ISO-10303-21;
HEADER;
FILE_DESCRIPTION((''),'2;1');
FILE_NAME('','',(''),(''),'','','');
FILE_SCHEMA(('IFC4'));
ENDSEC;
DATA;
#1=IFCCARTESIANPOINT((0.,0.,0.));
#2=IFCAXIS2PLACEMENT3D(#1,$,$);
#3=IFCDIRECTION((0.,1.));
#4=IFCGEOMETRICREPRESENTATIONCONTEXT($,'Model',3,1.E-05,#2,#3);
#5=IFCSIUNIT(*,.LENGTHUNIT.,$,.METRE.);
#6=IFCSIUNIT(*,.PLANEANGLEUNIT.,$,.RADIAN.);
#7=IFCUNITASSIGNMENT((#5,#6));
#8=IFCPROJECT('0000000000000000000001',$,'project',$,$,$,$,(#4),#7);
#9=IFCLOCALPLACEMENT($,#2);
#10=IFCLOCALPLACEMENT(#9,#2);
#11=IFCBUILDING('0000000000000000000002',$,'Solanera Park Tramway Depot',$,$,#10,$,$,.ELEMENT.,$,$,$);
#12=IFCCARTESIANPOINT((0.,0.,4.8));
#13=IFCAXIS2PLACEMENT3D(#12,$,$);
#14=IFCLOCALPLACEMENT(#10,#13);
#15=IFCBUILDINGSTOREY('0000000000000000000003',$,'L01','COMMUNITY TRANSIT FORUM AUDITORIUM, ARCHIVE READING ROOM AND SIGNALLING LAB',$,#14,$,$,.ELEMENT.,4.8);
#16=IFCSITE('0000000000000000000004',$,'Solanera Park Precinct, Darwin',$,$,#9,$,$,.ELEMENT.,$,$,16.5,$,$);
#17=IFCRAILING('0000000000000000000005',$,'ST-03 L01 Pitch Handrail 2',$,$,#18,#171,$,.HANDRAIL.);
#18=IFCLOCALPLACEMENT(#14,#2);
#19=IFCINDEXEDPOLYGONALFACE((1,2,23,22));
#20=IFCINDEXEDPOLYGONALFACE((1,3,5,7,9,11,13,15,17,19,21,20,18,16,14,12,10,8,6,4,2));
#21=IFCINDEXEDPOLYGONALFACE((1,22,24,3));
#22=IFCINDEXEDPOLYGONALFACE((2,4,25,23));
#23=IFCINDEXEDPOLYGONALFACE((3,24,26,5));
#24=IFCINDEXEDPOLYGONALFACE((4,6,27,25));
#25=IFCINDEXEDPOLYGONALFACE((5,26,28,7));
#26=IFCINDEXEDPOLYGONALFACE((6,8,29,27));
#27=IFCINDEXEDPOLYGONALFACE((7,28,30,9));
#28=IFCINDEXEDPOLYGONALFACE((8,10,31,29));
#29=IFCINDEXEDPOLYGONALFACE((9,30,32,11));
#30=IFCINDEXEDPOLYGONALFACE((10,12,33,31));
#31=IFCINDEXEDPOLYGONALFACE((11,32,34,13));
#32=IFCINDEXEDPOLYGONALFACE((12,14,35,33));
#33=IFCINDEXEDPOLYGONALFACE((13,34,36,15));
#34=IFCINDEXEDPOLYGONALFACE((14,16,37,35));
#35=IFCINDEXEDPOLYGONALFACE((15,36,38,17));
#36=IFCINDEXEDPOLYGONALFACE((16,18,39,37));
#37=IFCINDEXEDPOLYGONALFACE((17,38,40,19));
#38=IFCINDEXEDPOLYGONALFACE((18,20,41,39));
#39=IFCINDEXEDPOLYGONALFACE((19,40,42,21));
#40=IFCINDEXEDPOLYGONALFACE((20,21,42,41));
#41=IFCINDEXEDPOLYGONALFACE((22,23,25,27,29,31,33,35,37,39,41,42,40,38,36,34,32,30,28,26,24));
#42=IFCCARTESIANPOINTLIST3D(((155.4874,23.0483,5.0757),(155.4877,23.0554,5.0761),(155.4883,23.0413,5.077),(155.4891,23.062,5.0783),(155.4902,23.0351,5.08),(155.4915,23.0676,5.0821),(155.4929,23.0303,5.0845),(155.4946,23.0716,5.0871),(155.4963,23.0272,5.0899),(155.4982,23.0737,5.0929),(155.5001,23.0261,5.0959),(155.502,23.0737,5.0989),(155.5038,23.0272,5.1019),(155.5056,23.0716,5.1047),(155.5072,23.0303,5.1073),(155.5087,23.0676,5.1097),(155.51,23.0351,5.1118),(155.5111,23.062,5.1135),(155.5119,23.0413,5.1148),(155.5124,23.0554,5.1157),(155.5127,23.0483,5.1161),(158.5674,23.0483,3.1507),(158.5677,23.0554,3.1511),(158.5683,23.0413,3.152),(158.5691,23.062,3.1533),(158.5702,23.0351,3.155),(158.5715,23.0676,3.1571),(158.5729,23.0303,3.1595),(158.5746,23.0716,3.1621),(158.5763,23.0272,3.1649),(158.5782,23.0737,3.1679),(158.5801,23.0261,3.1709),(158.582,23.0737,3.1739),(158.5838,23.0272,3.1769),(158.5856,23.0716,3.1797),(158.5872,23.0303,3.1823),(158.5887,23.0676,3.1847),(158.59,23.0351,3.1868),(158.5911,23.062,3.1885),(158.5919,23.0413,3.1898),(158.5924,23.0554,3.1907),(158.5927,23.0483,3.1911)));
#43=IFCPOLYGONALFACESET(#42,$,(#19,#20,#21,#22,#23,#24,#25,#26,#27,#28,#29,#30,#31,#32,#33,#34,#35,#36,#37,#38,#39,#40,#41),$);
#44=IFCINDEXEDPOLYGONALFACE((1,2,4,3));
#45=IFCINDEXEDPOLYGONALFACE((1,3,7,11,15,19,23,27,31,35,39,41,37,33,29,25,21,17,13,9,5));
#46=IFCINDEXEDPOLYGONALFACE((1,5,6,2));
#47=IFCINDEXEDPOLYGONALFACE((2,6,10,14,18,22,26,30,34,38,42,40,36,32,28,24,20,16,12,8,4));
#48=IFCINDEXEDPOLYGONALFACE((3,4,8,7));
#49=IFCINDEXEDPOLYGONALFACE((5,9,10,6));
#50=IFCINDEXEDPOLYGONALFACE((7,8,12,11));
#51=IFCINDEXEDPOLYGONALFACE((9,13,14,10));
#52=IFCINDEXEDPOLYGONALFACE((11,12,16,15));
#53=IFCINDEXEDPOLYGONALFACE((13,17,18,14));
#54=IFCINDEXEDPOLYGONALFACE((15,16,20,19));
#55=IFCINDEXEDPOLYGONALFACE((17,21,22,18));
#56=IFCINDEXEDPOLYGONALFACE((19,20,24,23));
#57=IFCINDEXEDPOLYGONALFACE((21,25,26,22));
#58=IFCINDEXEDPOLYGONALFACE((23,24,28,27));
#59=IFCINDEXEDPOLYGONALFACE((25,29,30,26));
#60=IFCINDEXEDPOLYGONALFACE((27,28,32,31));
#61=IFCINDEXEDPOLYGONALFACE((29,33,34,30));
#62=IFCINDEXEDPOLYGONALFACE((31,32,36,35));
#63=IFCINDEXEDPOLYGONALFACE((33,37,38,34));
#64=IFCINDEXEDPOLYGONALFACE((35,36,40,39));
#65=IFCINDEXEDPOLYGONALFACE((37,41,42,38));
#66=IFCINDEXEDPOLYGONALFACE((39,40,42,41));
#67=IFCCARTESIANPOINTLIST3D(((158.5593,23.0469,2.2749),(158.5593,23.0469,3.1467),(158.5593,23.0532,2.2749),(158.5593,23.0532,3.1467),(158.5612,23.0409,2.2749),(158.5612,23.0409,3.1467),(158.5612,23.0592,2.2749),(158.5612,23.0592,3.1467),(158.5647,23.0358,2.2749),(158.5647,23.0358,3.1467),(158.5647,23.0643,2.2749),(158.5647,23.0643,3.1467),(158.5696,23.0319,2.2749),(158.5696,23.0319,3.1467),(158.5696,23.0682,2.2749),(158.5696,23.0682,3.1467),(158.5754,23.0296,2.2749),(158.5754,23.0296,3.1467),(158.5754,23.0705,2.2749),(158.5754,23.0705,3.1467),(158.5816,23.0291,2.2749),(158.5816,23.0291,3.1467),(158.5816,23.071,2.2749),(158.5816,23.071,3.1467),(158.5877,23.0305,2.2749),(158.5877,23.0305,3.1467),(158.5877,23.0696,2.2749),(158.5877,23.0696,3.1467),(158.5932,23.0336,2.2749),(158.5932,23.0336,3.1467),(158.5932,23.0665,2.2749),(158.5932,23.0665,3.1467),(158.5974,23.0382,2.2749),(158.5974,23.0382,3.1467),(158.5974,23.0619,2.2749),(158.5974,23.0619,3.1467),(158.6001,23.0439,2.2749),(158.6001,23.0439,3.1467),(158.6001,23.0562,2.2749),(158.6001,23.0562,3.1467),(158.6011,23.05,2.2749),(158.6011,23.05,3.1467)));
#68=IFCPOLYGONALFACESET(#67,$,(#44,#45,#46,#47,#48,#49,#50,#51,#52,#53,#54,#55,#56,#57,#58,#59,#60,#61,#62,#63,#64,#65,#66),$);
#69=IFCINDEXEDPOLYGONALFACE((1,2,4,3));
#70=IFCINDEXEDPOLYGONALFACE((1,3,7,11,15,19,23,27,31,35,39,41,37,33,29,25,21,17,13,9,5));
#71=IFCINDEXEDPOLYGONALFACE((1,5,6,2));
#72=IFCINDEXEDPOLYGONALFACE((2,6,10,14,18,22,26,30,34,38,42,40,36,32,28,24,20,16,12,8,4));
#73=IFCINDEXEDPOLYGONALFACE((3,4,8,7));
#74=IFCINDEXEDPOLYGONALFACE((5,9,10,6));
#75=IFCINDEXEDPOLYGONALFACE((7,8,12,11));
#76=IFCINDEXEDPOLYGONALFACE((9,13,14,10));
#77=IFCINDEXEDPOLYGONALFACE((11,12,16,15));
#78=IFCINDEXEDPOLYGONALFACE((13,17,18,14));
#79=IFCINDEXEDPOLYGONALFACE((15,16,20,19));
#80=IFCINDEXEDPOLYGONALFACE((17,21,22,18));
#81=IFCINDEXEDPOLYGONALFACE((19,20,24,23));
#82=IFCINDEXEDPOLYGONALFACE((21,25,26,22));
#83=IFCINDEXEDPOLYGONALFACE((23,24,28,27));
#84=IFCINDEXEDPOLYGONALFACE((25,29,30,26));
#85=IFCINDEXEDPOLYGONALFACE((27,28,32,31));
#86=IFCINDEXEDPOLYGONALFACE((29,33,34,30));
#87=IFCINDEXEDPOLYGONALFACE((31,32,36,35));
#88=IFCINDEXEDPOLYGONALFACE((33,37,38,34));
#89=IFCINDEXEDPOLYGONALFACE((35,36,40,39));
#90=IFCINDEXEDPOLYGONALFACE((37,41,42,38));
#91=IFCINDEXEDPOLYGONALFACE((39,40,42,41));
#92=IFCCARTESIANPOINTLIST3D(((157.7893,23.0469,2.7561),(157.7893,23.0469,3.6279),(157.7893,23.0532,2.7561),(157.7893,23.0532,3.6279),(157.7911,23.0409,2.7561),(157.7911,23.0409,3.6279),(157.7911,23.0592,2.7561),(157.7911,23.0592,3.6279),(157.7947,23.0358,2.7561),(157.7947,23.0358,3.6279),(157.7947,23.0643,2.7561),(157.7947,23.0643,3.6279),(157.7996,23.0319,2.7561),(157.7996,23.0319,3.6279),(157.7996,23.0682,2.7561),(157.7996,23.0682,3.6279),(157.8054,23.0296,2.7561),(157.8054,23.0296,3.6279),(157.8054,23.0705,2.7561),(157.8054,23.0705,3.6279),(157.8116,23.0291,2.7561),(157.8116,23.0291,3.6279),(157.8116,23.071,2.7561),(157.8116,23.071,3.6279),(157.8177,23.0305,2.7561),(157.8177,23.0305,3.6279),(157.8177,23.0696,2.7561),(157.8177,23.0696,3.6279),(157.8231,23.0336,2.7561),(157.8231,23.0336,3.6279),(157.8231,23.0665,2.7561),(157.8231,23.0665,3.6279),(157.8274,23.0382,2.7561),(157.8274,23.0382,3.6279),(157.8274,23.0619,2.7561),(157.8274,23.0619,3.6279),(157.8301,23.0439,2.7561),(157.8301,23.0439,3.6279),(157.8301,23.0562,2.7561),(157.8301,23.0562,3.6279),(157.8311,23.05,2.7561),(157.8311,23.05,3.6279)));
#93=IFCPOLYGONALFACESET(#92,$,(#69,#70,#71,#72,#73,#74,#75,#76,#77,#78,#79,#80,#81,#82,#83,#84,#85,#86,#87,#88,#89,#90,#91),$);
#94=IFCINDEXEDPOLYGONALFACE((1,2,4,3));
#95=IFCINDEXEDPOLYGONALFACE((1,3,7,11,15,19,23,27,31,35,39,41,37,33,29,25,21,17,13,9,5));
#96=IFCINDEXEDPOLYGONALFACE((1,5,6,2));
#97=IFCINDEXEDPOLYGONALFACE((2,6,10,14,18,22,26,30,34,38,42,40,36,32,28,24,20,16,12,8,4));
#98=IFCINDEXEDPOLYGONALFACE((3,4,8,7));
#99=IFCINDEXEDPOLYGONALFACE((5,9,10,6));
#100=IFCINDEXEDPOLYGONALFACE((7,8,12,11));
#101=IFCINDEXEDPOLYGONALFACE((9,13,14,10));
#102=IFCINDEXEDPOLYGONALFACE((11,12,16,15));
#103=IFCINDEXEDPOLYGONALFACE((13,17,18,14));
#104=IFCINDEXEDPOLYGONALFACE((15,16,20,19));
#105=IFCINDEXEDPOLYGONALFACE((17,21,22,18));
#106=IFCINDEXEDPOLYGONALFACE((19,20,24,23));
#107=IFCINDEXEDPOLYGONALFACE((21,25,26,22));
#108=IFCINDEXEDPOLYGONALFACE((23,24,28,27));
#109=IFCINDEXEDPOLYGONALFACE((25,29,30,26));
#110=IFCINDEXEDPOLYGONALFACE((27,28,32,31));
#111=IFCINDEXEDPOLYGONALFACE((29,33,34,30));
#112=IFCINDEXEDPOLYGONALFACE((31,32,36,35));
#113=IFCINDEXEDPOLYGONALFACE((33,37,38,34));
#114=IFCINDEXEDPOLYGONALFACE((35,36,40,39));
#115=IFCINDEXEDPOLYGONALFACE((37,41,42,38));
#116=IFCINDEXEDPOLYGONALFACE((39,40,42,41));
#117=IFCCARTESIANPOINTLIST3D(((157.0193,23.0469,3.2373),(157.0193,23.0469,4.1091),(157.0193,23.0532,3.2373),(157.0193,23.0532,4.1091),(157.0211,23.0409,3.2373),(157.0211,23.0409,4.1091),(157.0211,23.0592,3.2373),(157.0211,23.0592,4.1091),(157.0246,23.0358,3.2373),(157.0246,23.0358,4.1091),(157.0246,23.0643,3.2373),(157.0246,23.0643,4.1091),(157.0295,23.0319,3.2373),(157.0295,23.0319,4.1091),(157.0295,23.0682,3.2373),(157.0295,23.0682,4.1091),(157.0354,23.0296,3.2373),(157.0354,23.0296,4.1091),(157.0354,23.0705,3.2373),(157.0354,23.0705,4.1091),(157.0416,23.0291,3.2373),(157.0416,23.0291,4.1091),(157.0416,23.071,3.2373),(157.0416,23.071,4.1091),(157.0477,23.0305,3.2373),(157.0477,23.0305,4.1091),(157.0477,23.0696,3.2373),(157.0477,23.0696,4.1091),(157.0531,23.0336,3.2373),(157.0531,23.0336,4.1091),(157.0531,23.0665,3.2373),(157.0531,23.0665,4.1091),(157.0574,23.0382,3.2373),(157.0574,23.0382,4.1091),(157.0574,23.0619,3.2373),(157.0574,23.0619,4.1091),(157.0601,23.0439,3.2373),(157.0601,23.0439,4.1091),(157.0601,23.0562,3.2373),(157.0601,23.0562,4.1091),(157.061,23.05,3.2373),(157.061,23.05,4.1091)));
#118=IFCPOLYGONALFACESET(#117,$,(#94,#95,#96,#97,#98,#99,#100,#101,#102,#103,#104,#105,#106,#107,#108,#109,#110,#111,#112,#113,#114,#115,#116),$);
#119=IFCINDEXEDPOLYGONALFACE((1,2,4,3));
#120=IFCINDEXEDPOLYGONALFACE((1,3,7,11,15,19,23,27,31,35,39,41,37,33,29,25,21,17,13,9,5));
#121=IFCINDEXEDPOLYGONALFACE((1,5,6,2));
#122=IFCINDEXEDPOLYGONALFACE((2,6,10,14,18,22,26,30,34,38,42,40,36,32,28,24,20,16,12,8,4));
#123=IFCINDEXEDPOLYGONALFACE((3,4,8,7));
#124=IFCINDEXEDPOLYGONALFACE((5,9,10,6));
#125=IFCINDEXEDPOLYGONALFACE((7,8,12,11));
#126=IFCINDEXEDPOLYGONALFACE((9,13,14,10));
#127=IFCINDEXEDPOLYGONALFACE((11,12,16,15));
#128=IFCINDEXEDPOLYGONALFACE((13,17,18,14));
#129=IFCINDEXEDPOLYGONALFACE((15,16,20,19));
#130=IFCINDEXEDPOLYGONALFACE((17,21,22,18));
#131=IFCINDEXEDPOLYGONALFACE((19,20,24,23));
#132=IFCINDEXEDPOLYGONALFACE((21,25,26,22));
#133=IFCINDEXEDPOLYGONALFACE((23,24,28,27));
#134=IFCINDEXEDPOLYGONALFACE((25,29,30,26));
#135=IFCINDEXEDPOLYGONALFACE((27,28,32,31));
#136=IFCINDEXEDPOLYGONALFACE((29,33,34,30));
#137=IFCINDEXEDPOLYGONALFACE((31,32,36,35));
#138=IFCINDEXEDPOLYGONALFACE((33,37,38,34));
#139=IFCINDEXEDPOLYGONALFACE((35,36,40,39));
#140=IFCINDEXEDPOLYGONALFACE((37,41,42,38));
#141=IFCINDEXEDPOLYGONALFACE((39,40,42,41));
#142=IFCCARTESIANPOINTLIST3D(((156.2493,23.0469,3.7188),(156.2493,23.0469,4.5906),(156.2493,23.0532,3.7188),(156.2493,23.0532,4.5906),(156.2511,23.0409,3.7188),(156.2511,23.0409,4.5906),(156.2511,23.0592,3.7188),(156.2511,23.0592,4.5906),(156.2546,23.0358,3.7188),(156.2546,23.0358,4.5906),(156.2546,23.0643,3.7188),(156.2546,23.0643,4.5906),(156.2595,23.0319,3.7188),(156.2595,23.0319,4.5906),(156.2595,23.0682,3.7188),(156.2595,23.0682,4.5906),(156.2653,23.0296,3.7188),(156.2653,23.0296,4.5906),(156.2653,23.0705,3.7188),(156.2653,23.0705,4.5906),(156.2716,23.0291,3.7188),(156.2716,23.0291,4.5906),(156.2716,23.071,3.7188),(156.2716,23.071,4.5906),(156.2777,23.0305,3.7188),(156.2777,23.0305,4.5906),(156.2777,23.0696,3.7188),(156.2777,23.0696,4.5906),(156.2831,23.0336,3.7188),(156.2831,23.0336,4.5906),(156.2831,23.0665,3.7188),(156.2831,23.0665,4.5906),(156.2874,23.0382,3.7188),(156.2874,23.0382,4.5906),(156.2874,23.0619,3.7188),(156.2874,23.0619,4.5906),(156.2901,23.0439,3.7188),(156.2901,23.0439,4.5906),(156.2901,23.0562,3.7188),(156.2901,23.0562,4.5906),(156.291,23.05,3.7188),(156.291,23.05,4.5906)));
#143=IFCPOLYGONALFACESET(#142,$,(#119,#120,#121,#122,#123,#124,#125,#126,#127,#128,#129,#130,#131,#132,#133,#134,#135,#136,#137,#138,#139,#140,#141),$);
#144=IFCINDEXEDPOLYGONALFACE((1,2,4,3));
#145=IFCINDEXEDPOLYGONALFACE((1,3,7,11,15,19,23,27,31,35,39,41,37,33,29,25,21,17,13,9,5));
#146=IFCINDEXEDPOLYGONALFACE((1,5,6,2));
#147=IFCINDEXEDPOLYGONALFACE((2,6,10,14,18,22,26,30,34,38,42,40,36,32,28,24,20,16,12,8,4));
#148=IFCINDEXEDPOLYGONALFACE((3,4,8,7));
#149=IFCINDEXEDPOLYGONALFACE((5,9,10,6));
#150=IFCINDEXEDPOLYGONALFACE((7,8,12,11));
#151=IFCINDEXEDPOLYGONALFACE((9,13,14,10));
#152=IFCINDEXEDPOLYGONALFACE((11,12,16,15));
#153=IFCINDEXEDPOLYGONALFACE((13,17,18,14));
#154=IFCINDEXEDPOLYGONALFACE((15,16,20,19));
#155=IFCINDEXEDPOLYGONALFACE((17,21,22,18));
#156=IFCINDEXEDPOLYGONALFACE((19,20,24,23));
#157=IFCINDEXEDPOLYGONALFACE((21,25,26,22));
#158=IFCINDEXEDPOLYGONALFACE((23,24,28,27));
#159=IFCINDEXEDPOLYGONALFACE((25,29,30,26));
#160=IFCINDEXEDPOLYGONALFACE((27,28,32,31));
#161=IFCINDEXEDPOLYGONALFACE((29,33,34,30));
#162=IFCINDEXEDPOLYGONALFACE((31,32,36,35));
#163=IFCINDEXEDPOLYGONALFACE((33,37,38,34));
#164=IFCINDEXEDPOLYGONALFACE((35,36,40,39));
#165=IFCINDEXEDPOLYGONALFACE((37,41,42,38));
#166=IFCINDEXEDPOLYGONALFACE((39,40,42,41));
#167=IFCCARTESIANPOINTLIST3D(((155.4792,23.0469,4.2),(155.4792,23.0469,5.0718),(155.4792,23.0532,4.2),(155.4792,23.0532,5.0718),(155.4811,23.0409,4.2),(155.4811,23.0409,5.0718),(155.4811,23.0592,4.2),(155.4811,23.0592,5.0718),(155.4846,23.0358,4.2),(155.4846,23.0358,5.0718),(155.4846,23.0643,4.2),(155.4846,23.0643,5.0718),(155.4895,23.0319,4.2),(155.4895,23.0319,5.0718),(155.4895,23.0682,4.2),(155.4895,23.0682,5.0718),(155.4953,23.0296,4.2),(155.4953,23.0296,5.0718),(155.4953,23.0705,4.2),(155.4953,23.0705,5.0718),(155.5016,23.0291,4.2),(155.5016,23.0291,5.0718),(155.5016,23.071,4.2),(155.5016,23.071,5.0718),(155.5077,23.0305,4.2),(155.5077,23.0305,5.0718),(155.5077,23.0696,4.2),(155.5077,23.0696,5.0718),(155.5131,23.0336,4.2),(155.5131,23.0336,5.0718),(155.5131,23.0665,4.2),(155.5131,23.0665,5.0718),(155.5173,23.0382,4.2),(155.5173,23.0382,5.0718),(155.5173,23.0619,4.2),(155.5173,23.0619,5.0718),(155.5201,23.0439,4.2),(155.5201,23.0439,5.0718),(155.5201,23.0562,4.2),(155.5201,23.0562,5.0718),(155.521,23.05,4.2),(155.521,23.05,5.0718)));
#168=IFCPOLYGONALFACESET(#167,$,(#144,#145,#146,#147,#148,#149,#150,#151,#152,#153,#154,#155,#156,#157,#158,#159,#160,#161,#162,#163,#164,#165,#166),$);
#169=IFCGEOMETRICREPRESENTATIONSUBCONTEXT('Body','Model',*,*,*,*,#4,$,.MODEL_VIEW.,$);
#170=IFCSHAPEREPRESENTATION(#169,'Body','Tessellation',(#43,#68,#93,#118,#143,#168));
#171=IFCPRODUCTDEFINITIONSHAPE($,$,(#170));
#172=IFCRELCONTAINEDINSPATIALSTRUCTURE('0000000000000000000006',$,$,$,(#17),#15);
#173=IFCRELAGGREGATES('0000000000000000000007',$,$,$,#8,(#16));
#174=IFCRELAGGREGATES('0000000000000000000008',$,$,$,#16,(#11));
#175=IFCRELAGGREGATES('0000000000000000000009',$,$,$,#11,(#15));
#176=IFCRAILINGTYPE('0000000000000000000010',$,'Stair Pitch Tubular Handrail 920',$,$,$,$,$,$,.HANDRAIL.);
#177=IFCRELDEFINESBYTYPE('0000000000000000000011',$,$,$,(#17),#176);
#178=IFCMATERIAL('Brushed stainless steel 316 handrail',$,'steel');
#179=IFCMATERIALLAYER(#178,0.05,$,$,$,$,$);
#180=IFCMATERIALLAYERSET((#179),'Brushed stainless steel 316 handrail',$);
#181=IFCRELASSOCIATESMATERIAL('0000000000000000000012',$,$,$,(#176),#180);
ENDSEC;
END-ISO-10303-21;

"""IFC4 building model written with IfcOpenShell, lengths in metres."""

from ifc_helpers import new_model, si_unit, direction, frame, origin, origin_2d, place, context, subcontext, project, spatial, circle, extrude, material, layer, layer_set, type_object, element, save


model = new_model("IFC4")

# Units and contexts
model_context = context("Model", 3, precision=1e-05, world=origin(), true_north=direction((0.0, 1.0)))
body_context = subcontext(model_context, "Body", "Model", "MODEL_VIEW")
ifc_project = project(units=[si_unit("LENGTHUNIT", "METRE"), si_unit("PLANEANGLEUNIT", "RADIAN")], contexts=[model_context])

# Site, building, storey
site_placement = place(None, origin())
site = spatial("IfcSite", under=ifc_project, at=site_placement, Name="Solanera Park Precinct, Darwin", CompositionType="ELEMENT", RefElevation=16.5)
building_placement = place(site_placement, origin())
building = spatial("IfcBuilding", under=site, at=building_placement, Name="Solanera Park Tramway Depot", CompositionType="ELEMENT")
storey_placement = place(building_placement, frame((0.0, 0.0, 4.8)))
storey = spatial("IfcBuildingStorey", under=building, at=storey_placement, Name="L01", Description="COMMUNITY TRANSIT FORUM AUDITORIUM, ARCHIVE READING ROOM AND SIGNALLING LAB", CompositionType="ELEMENT", Elevation=4.8)

# Railing
ifc_material_1 = material(Name="Brushed stainless steel 316 handrail", Category="steel")
ifc_layer_1 = layer(ifc_material_1, 0.05)
ifc_layer_set_1 = layer_set([ifc_layer_1], Name="Brushed stainless steel 316 handrail")
railing_type_1 = type_object("IfcRailingType", Name="Stair Pitch Tubular Handrail 920", PredefinedType="HANDRAIL", material=ifc_layer_set_1)
railing_1_placement = place(storey_placement, frame((158.5801, 23.05, 2.2749)))
element("IfcRailing", 1, at=railing_1_placement, inside=storey, type_object=railing_type_1, Name="ST-03 L01 Pitch Handrail 2", PredefinedType="HANDRAIL", context=body_context, shape_type="SweptSolid", body=[
    extrude(circle(Radius=0.0239, at=origin_2d()), frame((0.0, 0.0, 0.896), z_axis=(-0.847998, 0.0, 0.529999), x_axis=(0.0, -1.0, 0.0)), (0.0, 0.0, 1.0), 3.6321),
    extrude(circle(Radius=0.021, at=origin_2d()), origin(), (0.0, 0.0, 1.0), 0.8718),
    extrude(circle(Radius=0.021, at=origin_2d()), frame((-0.77, 0.0, 0.4812)), (0.0, 0.0, 1.0), 0.8718),
    extrude(circle(Radius=0.021, at=origin_2d()), frame((-1.54, 0.0, 0.9624)), (0.0, 0.0, 1.0), 0.8718),
    extrude(circle(Radius=0.021, at=origin_2d()), frame((-2.3101, 0.0, 1.4438)), (0.0, 0.0, 1.0), 0.8718),
    extrude(circle(Radius=0.021, at=origin_2d()), frame((-3.0801, 0.0, 1.925)), (0.0, 0.0, 1.0), 0.8718),
])

save(model, "model.ifc")
